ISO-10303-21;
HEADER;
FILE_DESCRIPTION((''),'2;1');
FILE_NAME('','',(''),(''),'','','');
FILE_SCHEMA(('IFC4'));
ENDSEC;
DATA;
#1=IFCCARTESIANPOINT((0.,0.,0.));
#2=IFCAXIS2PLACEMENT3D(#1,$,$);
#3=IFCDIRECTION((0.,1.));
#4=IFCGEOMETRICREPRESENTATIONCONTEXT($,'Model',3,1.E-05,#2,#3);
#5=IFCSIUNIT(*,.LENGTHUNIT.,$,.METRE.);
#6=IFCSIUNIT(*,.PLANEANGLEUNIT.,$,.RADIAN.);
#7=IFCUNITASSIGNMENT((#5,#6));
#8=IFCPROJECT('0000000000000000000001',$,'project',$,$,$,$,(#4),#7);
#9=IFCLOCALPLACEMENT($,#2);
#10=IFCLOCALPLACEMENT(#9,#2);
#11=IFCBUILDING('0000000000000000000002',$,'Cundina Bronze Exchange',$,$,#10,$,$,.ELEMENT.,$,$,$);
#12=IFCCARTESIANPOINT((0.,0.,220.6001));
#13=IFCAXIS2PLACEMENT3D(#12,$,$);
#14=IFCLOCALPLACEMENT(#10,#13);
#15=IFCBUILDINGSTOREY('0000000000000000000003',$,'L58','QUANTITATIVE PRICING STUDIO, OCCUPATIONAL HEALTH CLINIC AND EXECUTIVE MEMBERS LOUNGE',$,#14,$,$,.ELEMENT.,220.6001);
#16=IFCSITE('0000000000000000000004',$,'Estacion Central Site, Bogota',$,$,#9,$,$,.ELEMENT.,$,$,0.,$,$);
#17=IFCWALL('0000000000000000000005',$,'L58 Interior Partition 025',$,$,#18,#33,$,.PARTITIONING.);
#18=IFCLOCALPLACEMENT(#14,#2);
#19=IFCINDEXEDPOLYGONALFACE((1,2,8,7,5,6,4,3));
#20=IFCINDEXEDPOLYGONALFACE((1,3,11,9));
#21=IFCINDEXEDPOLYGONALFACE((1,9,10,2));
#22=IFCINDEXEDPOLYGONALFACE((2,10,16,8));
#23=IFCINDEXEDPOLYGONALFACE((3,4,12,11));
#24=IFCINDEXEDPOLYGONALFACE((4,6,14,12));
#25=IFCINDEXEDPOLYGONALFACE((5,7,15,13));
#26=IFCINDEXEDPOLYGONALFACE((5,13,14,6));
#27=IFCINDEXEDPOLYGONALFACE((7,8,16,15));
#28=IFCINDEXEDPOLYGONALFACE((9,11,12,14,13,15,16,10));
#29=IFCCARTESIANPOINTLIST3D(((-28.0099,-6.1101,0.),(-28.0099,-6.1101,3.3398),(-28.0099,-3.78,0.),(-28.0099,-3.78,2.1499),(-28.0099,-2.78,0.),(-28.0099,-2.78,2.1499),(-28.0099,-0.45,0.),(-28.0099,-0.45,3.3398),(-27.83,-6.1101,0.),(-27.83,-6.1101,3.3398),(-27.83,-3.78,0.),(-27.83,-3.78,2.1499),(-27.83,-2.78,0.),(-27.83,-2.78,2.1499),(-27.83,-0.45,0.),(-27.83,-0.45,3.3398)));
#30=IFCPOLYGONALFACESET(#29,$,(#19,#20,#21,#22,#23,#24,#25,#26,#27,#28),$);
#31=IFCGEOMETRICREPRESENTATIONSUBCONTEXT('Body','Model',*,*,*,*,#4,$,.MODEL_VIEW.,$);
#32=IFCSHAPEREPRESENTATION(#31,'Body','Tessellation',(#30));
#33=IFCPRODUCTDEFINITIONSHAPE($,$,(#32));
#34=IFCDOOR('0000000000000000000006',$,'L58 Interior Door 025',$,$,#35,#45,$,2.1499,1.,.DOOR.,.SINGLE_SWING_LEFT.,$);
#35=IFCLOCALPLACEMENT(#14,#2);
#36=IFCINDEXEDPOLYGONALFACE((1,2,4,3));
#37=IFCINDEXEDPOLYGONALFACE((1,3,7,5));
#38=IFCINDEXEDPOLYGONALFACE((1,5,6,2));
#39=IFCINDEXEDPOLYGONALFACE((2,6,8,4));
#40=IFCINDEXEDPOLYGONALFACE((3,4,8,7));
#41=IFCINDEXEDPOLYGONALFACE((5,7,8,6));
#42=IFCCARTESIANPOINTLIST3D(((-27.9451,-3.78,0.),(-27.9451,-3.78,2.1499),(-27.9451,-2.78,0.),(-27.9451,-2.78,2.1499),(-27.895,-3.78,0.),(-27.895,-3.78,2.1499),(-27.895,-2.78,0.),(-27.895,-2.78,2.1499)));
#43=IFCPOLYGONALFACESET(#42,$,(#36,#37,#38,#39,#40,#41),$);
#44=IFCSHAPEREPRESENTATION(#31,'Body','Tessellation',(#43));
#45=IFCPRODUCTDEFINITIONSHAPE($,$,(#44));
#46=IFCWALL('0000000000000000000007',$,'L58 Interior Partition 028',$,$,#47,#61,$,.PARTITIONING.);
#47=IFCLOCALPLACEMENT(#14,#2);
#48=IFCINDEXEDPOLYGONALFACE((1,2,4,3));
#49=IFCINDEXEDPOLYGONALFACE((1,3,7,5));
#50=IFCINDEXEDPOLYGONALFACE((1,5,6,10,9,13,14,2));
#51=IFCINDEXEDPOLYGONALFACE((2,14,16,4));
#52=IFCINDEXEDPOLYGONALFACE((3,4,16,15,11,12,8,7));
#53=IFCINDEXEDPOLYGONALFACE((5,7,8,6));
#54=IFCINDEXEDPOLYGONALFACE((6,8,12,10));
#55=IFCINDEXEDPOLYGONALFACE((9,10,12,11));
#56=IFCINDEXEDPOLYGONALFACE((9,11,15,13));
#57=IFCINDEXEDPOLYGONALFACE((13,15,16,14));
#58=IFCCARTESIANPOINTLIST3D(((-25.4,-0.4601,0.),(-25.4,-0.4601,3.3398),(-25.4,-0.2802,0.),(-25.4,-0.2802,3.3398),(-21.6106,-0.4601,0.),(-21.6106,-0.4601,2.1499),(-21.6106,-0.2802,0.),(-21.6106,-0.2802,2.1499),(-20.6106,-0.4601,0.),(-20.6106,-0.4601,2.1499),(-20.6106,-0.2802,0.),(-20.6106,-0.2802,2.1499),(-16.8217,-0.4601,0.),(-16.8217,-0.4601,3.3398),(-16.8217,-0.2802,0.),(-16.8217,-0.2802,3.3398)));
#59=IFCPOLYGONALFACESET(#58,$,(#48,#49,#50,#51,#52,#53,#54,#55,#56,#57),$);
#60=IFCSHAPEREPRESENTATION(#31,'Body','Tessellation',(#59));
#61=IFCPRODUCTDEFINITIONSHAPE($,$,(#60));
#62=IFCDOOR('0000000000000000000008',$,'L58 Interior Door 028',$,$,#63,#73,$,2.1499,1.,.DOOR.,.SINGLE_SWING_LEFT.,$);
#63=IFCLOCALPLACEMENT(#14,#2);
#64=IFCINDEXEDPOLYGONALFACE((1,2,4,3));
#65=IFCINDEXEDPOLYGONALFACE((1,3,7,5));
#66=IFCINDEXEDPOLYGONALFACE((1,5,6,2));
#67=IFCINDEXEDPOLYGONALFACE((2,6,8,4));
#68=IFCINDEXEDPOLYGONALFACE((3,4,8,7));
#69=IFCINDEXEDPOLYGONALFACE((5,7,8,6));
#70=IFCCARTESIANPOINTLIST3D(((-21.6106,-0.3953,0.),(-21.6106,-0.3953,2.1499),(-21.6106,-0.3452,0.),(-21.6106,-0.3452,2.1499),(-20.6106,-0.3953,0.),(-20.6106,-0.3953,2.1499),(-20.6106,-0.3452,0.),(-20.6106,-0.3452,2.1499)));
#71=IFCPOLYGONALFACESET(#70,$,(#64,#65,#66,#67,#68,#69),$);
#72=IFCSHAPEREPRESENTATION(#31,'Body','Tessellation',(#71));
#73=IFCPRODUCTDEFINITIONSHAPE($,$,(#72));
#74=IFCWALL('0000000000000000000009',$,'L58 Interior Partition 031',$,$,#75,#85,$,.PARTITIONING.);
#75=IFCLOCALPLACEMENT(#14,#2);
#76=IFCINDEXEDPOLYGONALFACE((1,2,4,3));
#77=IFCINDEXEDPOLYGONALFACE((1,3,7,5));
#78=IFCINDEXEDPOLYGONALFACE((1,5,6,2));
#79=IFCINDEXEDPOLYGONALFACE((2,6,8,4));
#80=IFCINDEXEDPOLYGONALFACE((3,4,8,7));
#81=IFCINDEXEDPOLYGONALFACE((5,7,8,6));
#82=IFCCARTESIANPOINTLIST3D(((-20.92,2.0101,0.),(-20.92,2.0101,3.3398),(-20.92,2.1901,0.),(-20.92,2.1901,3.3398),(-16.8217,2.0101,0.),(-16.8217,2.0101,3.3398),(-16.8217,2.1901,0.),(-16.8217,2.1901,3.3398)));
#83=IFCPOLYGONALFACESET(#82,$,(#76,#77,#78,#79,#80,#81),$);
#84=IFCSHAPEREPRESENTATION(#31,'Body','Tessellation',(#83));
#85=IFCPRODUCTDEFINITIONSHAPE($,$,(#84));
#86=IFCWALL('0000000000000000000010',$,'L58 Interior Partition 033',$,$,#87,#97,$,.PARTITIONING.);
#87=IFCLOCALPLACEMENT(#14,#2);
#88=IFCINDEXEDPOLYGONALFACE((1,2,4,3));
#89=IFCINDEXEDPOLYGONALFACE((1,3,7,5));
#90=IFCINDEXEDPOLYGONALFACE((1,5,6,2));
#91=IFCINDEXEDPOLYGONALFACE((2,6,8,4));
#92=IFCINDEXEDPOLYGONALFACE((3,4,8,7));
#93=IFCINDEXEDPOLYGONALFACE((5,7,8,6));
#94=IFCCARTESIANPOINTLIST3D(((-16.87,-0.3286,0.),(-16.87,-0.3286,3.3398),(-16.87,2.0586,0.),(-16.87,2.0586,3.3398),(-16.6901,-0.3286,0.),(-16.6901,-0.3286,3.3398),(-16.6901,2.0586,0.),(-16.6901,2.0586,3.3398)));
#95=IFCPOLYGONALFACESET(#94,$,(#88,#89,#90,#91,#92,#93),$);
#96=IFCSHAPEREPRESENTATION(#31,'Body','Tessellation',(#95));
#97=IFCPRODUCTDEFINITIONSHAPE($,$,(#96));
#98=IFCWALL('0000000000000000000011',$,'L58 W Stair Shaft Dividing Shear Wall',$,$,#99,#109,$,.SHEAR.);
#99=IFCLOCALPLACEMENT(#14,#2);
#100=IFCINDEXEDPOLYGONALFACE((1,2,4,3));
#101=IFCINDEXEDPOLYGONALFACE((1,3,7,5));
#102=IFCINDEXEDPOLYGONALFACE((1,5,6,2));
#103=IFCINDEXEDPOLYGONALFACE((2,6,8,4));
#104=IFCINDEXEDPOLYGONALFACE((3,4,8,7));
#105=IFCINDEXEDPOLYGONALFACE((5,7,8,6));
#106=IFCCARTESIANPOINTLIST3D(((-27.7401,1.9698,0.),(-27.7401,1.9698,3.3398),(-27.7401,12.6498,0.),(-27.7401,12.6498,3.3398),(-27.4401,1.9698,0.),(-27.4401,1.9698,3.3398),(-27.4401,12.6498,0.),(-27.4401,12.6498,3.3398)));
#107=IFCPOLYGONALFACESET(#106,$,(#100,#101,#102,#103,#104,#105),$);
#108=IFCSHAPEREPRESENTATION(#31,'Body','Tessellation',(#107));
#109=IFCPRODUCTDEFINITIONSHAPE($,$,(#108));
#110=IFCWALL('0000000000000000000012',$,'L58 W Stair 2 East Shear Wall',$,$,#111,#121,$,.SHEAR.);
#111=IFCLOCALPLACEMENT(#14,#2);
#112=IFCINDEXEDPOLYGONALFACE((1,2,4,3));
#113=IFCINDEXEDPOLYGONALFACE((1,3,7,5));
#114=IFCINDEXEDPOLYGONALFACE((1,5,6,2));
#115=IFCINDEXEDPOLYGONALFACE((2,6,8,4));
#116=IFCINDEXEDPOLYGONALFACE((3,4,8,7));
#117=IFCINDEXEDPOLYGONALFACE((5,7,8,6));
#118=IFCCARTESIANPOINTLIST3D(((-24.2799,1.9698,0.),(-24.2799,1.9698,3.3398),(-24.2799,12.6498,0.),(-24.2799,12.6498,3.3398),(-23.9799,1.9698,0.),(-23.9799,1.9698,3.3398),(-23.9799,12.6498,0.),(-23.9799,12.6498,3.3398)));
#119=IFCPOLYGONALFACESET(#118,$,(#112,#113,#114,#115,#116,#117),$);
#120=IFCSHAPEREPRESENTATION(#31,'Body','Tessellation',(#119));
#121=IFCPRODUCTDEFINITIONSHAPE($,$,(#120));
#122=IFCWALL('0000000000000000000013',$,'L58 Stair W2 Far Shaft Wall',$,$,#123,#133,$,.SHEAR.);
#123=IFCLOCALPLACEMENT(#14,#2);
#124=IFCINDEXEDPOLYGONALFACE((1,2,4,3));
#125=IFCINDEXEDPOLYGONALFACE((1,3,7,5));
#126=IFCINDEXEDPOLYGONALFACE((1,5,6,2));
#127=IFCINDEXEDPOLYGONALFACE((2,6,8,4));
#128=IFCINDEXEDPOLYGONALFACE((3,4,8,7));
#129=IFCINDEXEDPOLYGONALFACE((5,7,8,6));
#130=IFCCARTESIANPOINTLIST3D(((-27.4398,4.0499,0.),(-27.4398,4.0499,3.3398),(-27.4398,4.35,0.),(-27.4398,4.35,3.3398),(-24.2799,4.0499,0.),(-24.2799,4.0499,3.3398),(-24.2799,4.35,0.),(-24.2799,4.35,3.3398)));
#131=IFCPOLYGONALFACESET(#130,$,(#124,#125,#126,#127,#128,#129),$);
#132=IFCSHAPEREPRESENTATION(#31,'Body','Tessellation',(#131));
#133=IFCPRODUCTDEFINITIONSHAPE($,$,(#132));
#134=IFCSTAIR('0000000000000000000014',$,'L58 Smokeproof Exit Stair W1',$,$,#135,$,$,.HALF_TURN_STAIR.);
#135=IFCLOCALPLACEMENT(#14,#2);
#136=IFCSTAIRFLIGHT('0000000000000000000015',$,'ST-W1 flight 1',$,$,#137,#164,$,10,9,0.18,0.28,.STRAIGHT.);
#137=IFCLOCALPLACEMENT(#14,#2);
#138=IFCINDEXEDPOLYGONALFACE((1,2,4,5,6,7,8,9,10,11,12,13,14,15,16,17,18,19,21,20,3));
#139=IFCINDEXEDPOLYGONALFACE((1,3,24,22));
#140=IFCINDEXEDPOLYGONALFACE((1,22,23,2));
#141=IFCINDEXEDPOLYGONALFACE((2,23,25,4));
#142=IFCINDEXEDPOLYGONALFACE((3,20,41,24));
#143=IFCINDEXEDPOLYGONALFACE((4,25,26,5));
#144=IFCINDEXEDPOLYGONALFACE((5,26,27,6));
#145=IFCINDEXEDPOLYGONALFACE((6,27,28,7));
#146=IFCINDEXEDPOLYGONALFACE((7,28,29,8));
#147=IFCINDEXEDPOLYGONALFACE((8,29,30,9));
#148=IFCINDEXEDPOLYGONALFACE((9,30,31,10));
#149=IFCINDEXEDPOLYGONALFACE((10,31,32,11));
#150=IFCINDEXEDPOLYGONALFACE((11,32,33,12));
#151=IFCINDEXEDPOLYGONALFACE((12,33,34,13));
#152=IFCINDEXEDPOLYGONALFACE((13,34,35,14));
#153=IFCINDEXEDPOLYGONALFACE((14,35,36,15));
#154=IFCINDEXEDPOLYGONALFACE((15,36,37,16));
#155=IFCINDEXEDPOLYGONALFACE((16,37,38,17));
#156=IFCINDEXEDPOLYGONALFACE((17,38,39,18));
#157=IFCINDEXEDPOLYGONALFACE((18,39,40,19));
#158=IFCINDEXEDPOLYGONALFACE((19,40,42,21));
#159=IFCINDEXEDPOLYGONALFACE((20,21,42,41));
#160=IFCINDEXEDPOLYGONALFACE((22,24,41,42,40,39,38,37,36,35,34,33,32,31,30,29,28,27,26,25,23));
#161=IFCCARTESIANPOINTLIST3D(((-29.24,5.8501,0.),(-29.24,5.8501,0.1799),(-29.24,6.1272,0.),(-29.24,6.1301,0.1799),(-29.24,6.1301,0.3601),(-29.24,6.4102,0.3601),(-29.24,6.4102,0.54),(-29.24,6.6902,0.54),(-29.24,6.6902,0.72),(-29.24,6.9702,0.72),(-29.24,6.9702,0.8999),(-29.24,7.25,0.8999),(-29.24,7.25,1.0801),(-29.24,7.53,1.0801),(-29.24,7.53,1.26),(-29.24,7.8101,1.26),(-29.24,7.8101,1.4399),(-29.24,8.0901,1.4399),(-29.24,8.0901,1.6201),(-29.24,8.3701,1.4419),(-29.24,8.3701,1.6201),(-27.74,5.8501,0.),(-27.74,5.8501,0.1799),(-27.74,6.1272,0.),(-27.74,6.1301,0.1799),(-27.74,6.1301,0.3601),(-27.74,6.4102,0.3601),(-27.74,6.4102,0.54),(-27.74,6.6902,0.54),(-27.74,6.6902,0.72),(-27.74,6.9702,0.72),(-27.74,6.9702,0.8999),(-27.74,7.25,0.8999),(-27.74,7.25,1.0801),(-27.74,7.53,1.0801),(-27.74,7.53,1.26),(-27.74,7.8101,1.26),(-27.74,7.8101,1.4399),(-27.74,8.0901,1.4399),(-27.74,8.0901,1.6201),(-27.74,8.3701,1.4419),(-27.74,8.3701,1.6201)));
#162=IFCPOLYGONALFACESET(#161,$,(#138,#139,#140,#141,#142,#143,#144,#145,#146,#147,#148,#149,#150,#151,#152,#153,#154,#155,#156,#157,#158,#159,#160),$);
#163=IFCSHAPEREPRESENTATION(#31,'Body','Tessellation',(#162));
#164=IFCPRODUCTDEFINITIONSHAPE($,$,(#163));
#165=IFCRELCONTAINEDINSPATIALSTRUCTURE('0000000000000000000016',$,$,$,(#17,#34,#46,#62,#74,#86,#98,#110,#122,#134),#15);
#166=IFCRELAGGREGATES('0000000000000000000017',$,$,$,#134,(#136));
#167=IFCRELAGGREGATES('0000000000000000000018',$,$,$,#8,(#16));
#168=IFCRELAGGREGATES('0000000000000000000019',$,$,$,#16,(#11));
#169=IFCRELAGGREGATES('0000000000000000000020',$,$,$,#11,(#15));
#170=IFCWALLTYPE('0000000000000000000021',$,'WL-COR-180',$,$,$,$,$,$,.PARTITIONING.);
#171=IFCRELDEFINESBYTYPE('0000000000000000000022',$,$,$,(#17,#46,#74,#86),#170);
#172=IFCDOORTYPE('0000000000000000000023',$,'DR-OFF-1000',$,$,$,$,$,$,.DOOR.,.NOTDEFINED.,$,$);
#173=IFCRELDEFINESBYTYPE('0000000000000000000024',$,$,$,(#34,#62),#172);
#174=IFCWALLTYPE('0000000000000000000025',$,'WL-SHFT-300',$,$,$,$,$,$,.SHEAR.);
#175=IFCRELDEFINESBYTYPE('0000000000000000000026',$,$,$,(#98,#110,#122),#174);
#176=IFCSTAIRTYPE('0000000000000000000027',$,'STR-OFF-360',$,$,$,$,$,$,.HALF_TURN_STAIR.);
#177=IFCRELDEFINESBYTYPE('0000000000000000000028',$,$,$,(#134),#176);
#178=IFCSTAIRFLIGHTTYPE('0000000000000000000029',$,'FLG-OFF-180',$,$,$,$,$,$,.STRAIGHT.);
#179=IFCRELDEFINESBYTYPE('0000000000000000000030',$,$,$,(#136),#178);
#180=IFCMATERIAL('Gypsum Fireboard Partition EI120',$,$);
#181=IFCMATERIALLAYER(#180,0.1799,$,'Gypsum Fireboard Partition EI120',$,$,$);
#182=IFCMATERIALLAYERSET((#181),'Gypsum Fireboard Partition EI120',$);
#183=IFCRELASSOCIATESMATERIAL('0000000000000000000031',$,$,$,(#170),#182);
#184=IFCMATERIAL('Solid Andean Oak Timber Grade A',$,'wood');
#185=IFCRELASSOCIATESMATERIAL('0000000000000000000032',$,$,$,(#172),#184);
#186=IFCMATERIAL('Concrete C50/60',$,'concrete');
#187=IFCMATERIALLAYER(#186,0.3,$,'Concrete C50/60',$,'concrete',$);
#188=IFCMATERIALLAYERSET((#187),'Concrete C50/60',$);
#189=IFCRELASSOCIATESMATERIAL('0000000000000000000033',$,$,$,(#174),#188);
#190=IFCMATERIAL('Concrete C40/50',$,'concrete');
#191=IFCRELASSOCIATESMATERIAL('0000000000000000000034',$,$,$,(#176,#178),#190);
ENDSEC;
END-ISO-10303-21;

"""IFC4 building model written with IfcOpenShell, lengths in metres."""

from ifc_helpers import new_model, si_unit, direction, frame, frame_2d, origin, place, context, subcontext, project, spatial, polyline, rectangle, outline, extrude, material, layer, layer_set, type_object, element, fill, aggregate, save


model = new_model("IFC4")

# Units and contexts
model_context = context("Model", 3, precision=1e-05, world=origin(), true_north=direction((0.0, 1.0)))
body_context = subcontext(model_context, "Body", "Model", "MODEL_VIEW")
ifc_project = project(units=[si_unit("LENGTHUNIT", "METRE"), si_unit("PLANEANGLEUNIT", "RADIAN")], contexts=[model_context])

# Site, building, storey
site_placement = place(None, origin())
site = spatial("IfcSite", under=ifc_project, at=site_placement, Name="Estacion Central Site, Bogota", CompositionType="ELEMENT", RefElevation=0.0)
building_placement = place(site_placement, origin())
building = spatial("IfcBuilding", under=site, at=building_placement, Name="Cundina Bronze Exchange", CompositionType="ELEMENT")
storey_placement = place(building_placement, frame((0.0, 0.0, 220.6001)))
storey = spatial("IfcBuildingStorey", under=building, at=storey_placement, Name="L58", Description="QUANTITATIVE PRICING STUDIO, OCCUPATIONAL HEALTH CLINIC AND EXECUTIVE MEMBERS LOUNGE", CompositionType="ELEMENT", Elevation=220.6001)

# Shared definitions
ifc_material_1 = material(Name="Concrete C50/60", Category="concrete")

# Shared definitions
ifc_material_2 = material(Name="Gypsum Fireboard Partition EI120")
ifc_layer_1 = layer(ifc_material_2, 0.1799, Name="Gypsum Fireboard Partition EI120")
ifc_layer_set_1 = layer_set([ifc_layer_1], Name="Gypsum Fireboard Partition EI120")
wall_type_1 = type_object("IfcWallType", Name="WL-COR-180", PredefinedType="PARTITIONING", material=ifc_layer_set_1)

# Walls, openings, doors
wall_1_placement = place(storey_placement, frame((-27.9199, -0.45, 0.0), z_axis=(0.0, 0.0, 1.0), x_axis=(0.0, -1.0, 0.0)))
wall_1 = element("IfcWall", 1, at=wall_1_placement, inside=storey, type_object=wall_type_1, Name="L58 Interior Partition 025", PredefinedType="PARTITIONING", context=body_context, shape_type="SweptSolid", body=[
    extrude(rectangle(XDim=5.6602, YDim=0.1799, at=frame_2d((2.8301, 0.0))), origin(), (0.0, 0.0, 1.0), 3.3398),
])
opening_1_placement = place(wall_1_placement, frame((2.3301, 0.0, 0.0)))
opening_1 = element("IfcOpeningElement", 2, at=opening_1_placement, cuts=wall_1, PredefinedType="OPENING", context=body_context, shape_type="SweptSolid", body=[
    extrude(rectangle(XDim=1.0, YDim=2.1499, at=frame_2d((0.5, 1.075))), frame((0.0, 0.0999, 0.0), z_axis=(0.0, -1.0, 0.0), x_axis=(1.0, 0.0, 0.0)), (0.0, 0.0, 1.0), 0.2),
])
ifc_material_3 = material(Name="Solid Andean Oak Timber Grade A", Category="wood")
door_type_1 = type_object("IfcDoorType", Name="DR-OFF-1000", OperationType="NOTDEFINED", PredefinedType="DOOR", material=ifc_material_3)
door_1_placement = place(opening_1_placement, origin())
door_1 = element("IfcDoor", 3, at=door_1_placement, inside=storey, type_object=door_type_1, Name="L58 Interior Door 025", OperationType="SINGLE_SWING_LEFT", OverallHeight=2.1499, OverallWidth=1.0, PredefinedType="DOOR", context=body_context, shape_type="SweptSolid", body=[
    extrude(rectangle(XDim=1.0, YDim=2.1499, at=frame_2d((0.5, 1.075))), frame((0.0, 0.0249, 0.0), z_axis=(0.0, -1.0, 0.0), x_axis=(1.0, 0.0, 0.0)), (0.0, 0.0, 1.0), 0.05),
])
fill(opening_1, door_1)
wall_2_placement = place(storey_placement, frame((-25.3999, -0.3701, 0.0), z_axis=(0.0, 0.0, 1.0), x_axis=(1.0, 0.0, 0.0)))
wall_2 = element("IfcWall", 4, at=wall_2_placement, inside=storey, type_object=wall_type_1, Name="L58 Interior Partition 028", PredefinedType="PARTITIONING", context=body_context, shape_type="SweptSolid", body=[
    extrude(rectangle(XDim=8.5784, YDim=0.1799, at=frame_2d((4.2891, 0.0))), origin(), (0.0, 0.0, 1.0), 3.3398),
])
opening_2_placement = place(wall_2_placement, frame((3.7893, 0.0, 0.0)))
opening_2 = element("IfcOpeningElement", 5, at=opening_2_placement, cuts=wall_2, PredefinedType="OPENING", context=body_context, shape_type="SweptSolid", body=[
    extrude(rectangle(XDim=1.0, YDim=2.1499, at=frame_2d((0.5, 1.075))), frame((0.0, 0.0999, 0.0), z_axis=(0.0, -1.0, 0.0), x_axis=(1.0, 0.0, 0.0)), (0.0, 0.0, 1.0), 0.2),
])
door_2_placement = place(opening_2_placement, origin())
door_2 = element("IfcDoor", 6, at=door_2_placement, inside=storey, type_object=door_type_1, Name="L58 Interior Door 028", OperationType="SINGLE_SWING_LEFT", OverallHeight=2.1499, OverallWidth=1.0, PredefinedType="DOOR", context=body_context, shape_type="SweptSolid", body=[
    extrude(rectangle(XDim=1.0, YDim=2.1499, at=frame_2d((0.5, 1.075))), frame((0.0, 0.0249, 0.0), z_axis=(0.0, -1.0, 0.0), x_axis=(1.0, 0.0, 0.0)), (0.0, 0.0, 1.0), 0.05),
])
fill(opening_2, door_2)

# Walls
wall_3_placement = place(storey_placement, frame((-16.8215, 2.1001, 0.0), z_axis=(0.0, 0.0, 1.0), x_axis=(-1.0, 0.0, 0.0)))
element("IfcWall", 7, at=wall_3_placement, inside=storey, type_object=wall_type_1, Name="L58 Interior Partition 031", PredefinedType="PARTITIONING", context=body_context, shape_type="SweptSolid", body=[
    extrude(rectangle(XDim=4.0984, YDim=0.1799, at=frame_2d((2.0493, 0.0))), origin(), (0.0, 0.0, 1.0), 3.3398),
])
wall_4_placement = place(storey_placement, frame((-16.78, -0.3286, 0.0), z_axis=(0.0, 0.0, 1.0), x_axis=(0.0, 1.0, 0.0)))
element("IfcWall", 8, at=wall_4_placement, inside=storey, type_object=wall_type_1, Name="L58 Interior Partition 033", PredefinedType="PARTITIONING", context=body_context, shape_type="SweptSolid", body=[
    extrude(rectangle(XDim=2.3872, YDim=0.1799, at=frame_2d((1.1936, 0.0))), origin(), (0.0, 0.0, 1.0), 3.3398),
])
ifc_layer_2 = layer(ifc_material_1, 0.3, Name="Concrete C50/60", Category="concrete")
ifc_layer_set_2 = layer_set([ifc_layer_2], Name="Concrete C50/60")
wall_type_2 = type_object("IfcWallType", Name="WL-SHFT-300", PredefinedType="SHEAR", material=ifc_layer_set_2)
for number, where, z_axis, x_axis, name in (
    (9, (-27.5901, 1.97, 0.0), (0.0, 0.0, 1.0), (0.0, 1.0, 0.0), "L58 W Stair Shaft Dividing Shear Wall"),
    (10, (-24.1299, 1.97, 0.0), (0.0, 0.0, 1.0), (0.0, 1.0, 0.0), "L58 W Stair 2 East Shear Wall"),
):
    element("IfcWall", number, at=place(storey_placement, frame(where, z_axis=z_axis, x_axis=x_axis)), inside=storey, type_object=wall_type_2, Name=name, PredefinedType="SHEAR", context=body_context, shape_type="SweptSolid", body=[
        extrude(rectangle(XDim=10.6799, YDim=0.3, at=frame_2d((5.3398, 0.0))), origin(), (0.0, 0.0, 1.0), 3.3398),
    ])
wall_5_placement = place(storey_placement, frame((-27.4399, 4.2, 0.0), z_axis=(0.0, 0.0, 1.0), x_axis=(1.0, 0.0, 0.0)))
element("IfcWall", 11, at=wall_5_placement, inside=storey, type_object=wall_type_2, Name="L58 Stair W2 Far Shaft Wall", PredefinedType="SHEAR", context=body_context, shape_type="SweptSolid", body=[
    extrude(rectangle(XDim=3.1599, YDim=0.3, at=frame_2d((1.5801, 0.0))), origin(), (0.0, 0.0, 1.0), 3.3398),
])

# Stair, stair flight
ifc_material_4 = material(Name="Concrete C40/50", Category="concrete")
stair_type = type_object("IfcStairType", Name="STR-OFF-360", PredefinedType="HALF_TURN_STAIR", material=ifc_material_4)
stair_placement = place(storey_placement, origin())
stair = element("IfcStair", 12, at=stair_placement, inside=storey, type_object=stair_type, Name="L58 Smokeproof Exit Stair W1", PredefinedType="HALF_TURN_STAIR")
stair_flight_type = type_object("IfcStairFlightType", Name="FLG-OFF-180", PredefinedType="STRAIGHT", material=ifc_material_4)
stair_flight_placement = place(storey_placement, frame((-28.49, 5.8501, 0.0), z_axis=(0.0, 0.0, 1.0), x_axis=(0.0, 1.0, 0.0)))
stair_flight = element("IfcStairFlight", 13, at=stair_flight_placement, type_object=stair_flight_type, Name="ST-W1 flight 1", NumberOfRisers=10, NumberOfTreads=9, PredefinedType="STRAIGHT", RiserHeight=0.18, TreadLength=0.28, context=body_context, shape_type="SweptSolid", body=[
    extrude(outline(polyline([(0.0, 0.0), (0.0, 0.1799), (0.28, 0.1799), (0.28, 0.3601), (0.5601, 0.3601), (0.5601, 0.54), (0.8401, 0.54), (0.8401, 0.72), (1.1201, 0.72), (1.1201, 0.8999), (1.3999, 0.8999), (1.3999, 1.0801), (1.6799, 1.0801), (1.6799, 1.26), (1.96, 1.26), (1.96, 1.4399), (2.24, 1.4399), (2.24, 1.6201), (2.52, 1.6201), (2.52, 1.8), (2.52, 1.4419), (0.2771, 0.0), (0.0, 0.0)])), frame((0.0, 0.75, 0.0), z_axis=(0.0, -1.0, 0.0), x_axis=(1.0, 0.0, 0.0)), (0.0, 0.0, 1.0), 1.5),
])
aggregate(stair, [stair_flight])

save(model, "model.ifc")
